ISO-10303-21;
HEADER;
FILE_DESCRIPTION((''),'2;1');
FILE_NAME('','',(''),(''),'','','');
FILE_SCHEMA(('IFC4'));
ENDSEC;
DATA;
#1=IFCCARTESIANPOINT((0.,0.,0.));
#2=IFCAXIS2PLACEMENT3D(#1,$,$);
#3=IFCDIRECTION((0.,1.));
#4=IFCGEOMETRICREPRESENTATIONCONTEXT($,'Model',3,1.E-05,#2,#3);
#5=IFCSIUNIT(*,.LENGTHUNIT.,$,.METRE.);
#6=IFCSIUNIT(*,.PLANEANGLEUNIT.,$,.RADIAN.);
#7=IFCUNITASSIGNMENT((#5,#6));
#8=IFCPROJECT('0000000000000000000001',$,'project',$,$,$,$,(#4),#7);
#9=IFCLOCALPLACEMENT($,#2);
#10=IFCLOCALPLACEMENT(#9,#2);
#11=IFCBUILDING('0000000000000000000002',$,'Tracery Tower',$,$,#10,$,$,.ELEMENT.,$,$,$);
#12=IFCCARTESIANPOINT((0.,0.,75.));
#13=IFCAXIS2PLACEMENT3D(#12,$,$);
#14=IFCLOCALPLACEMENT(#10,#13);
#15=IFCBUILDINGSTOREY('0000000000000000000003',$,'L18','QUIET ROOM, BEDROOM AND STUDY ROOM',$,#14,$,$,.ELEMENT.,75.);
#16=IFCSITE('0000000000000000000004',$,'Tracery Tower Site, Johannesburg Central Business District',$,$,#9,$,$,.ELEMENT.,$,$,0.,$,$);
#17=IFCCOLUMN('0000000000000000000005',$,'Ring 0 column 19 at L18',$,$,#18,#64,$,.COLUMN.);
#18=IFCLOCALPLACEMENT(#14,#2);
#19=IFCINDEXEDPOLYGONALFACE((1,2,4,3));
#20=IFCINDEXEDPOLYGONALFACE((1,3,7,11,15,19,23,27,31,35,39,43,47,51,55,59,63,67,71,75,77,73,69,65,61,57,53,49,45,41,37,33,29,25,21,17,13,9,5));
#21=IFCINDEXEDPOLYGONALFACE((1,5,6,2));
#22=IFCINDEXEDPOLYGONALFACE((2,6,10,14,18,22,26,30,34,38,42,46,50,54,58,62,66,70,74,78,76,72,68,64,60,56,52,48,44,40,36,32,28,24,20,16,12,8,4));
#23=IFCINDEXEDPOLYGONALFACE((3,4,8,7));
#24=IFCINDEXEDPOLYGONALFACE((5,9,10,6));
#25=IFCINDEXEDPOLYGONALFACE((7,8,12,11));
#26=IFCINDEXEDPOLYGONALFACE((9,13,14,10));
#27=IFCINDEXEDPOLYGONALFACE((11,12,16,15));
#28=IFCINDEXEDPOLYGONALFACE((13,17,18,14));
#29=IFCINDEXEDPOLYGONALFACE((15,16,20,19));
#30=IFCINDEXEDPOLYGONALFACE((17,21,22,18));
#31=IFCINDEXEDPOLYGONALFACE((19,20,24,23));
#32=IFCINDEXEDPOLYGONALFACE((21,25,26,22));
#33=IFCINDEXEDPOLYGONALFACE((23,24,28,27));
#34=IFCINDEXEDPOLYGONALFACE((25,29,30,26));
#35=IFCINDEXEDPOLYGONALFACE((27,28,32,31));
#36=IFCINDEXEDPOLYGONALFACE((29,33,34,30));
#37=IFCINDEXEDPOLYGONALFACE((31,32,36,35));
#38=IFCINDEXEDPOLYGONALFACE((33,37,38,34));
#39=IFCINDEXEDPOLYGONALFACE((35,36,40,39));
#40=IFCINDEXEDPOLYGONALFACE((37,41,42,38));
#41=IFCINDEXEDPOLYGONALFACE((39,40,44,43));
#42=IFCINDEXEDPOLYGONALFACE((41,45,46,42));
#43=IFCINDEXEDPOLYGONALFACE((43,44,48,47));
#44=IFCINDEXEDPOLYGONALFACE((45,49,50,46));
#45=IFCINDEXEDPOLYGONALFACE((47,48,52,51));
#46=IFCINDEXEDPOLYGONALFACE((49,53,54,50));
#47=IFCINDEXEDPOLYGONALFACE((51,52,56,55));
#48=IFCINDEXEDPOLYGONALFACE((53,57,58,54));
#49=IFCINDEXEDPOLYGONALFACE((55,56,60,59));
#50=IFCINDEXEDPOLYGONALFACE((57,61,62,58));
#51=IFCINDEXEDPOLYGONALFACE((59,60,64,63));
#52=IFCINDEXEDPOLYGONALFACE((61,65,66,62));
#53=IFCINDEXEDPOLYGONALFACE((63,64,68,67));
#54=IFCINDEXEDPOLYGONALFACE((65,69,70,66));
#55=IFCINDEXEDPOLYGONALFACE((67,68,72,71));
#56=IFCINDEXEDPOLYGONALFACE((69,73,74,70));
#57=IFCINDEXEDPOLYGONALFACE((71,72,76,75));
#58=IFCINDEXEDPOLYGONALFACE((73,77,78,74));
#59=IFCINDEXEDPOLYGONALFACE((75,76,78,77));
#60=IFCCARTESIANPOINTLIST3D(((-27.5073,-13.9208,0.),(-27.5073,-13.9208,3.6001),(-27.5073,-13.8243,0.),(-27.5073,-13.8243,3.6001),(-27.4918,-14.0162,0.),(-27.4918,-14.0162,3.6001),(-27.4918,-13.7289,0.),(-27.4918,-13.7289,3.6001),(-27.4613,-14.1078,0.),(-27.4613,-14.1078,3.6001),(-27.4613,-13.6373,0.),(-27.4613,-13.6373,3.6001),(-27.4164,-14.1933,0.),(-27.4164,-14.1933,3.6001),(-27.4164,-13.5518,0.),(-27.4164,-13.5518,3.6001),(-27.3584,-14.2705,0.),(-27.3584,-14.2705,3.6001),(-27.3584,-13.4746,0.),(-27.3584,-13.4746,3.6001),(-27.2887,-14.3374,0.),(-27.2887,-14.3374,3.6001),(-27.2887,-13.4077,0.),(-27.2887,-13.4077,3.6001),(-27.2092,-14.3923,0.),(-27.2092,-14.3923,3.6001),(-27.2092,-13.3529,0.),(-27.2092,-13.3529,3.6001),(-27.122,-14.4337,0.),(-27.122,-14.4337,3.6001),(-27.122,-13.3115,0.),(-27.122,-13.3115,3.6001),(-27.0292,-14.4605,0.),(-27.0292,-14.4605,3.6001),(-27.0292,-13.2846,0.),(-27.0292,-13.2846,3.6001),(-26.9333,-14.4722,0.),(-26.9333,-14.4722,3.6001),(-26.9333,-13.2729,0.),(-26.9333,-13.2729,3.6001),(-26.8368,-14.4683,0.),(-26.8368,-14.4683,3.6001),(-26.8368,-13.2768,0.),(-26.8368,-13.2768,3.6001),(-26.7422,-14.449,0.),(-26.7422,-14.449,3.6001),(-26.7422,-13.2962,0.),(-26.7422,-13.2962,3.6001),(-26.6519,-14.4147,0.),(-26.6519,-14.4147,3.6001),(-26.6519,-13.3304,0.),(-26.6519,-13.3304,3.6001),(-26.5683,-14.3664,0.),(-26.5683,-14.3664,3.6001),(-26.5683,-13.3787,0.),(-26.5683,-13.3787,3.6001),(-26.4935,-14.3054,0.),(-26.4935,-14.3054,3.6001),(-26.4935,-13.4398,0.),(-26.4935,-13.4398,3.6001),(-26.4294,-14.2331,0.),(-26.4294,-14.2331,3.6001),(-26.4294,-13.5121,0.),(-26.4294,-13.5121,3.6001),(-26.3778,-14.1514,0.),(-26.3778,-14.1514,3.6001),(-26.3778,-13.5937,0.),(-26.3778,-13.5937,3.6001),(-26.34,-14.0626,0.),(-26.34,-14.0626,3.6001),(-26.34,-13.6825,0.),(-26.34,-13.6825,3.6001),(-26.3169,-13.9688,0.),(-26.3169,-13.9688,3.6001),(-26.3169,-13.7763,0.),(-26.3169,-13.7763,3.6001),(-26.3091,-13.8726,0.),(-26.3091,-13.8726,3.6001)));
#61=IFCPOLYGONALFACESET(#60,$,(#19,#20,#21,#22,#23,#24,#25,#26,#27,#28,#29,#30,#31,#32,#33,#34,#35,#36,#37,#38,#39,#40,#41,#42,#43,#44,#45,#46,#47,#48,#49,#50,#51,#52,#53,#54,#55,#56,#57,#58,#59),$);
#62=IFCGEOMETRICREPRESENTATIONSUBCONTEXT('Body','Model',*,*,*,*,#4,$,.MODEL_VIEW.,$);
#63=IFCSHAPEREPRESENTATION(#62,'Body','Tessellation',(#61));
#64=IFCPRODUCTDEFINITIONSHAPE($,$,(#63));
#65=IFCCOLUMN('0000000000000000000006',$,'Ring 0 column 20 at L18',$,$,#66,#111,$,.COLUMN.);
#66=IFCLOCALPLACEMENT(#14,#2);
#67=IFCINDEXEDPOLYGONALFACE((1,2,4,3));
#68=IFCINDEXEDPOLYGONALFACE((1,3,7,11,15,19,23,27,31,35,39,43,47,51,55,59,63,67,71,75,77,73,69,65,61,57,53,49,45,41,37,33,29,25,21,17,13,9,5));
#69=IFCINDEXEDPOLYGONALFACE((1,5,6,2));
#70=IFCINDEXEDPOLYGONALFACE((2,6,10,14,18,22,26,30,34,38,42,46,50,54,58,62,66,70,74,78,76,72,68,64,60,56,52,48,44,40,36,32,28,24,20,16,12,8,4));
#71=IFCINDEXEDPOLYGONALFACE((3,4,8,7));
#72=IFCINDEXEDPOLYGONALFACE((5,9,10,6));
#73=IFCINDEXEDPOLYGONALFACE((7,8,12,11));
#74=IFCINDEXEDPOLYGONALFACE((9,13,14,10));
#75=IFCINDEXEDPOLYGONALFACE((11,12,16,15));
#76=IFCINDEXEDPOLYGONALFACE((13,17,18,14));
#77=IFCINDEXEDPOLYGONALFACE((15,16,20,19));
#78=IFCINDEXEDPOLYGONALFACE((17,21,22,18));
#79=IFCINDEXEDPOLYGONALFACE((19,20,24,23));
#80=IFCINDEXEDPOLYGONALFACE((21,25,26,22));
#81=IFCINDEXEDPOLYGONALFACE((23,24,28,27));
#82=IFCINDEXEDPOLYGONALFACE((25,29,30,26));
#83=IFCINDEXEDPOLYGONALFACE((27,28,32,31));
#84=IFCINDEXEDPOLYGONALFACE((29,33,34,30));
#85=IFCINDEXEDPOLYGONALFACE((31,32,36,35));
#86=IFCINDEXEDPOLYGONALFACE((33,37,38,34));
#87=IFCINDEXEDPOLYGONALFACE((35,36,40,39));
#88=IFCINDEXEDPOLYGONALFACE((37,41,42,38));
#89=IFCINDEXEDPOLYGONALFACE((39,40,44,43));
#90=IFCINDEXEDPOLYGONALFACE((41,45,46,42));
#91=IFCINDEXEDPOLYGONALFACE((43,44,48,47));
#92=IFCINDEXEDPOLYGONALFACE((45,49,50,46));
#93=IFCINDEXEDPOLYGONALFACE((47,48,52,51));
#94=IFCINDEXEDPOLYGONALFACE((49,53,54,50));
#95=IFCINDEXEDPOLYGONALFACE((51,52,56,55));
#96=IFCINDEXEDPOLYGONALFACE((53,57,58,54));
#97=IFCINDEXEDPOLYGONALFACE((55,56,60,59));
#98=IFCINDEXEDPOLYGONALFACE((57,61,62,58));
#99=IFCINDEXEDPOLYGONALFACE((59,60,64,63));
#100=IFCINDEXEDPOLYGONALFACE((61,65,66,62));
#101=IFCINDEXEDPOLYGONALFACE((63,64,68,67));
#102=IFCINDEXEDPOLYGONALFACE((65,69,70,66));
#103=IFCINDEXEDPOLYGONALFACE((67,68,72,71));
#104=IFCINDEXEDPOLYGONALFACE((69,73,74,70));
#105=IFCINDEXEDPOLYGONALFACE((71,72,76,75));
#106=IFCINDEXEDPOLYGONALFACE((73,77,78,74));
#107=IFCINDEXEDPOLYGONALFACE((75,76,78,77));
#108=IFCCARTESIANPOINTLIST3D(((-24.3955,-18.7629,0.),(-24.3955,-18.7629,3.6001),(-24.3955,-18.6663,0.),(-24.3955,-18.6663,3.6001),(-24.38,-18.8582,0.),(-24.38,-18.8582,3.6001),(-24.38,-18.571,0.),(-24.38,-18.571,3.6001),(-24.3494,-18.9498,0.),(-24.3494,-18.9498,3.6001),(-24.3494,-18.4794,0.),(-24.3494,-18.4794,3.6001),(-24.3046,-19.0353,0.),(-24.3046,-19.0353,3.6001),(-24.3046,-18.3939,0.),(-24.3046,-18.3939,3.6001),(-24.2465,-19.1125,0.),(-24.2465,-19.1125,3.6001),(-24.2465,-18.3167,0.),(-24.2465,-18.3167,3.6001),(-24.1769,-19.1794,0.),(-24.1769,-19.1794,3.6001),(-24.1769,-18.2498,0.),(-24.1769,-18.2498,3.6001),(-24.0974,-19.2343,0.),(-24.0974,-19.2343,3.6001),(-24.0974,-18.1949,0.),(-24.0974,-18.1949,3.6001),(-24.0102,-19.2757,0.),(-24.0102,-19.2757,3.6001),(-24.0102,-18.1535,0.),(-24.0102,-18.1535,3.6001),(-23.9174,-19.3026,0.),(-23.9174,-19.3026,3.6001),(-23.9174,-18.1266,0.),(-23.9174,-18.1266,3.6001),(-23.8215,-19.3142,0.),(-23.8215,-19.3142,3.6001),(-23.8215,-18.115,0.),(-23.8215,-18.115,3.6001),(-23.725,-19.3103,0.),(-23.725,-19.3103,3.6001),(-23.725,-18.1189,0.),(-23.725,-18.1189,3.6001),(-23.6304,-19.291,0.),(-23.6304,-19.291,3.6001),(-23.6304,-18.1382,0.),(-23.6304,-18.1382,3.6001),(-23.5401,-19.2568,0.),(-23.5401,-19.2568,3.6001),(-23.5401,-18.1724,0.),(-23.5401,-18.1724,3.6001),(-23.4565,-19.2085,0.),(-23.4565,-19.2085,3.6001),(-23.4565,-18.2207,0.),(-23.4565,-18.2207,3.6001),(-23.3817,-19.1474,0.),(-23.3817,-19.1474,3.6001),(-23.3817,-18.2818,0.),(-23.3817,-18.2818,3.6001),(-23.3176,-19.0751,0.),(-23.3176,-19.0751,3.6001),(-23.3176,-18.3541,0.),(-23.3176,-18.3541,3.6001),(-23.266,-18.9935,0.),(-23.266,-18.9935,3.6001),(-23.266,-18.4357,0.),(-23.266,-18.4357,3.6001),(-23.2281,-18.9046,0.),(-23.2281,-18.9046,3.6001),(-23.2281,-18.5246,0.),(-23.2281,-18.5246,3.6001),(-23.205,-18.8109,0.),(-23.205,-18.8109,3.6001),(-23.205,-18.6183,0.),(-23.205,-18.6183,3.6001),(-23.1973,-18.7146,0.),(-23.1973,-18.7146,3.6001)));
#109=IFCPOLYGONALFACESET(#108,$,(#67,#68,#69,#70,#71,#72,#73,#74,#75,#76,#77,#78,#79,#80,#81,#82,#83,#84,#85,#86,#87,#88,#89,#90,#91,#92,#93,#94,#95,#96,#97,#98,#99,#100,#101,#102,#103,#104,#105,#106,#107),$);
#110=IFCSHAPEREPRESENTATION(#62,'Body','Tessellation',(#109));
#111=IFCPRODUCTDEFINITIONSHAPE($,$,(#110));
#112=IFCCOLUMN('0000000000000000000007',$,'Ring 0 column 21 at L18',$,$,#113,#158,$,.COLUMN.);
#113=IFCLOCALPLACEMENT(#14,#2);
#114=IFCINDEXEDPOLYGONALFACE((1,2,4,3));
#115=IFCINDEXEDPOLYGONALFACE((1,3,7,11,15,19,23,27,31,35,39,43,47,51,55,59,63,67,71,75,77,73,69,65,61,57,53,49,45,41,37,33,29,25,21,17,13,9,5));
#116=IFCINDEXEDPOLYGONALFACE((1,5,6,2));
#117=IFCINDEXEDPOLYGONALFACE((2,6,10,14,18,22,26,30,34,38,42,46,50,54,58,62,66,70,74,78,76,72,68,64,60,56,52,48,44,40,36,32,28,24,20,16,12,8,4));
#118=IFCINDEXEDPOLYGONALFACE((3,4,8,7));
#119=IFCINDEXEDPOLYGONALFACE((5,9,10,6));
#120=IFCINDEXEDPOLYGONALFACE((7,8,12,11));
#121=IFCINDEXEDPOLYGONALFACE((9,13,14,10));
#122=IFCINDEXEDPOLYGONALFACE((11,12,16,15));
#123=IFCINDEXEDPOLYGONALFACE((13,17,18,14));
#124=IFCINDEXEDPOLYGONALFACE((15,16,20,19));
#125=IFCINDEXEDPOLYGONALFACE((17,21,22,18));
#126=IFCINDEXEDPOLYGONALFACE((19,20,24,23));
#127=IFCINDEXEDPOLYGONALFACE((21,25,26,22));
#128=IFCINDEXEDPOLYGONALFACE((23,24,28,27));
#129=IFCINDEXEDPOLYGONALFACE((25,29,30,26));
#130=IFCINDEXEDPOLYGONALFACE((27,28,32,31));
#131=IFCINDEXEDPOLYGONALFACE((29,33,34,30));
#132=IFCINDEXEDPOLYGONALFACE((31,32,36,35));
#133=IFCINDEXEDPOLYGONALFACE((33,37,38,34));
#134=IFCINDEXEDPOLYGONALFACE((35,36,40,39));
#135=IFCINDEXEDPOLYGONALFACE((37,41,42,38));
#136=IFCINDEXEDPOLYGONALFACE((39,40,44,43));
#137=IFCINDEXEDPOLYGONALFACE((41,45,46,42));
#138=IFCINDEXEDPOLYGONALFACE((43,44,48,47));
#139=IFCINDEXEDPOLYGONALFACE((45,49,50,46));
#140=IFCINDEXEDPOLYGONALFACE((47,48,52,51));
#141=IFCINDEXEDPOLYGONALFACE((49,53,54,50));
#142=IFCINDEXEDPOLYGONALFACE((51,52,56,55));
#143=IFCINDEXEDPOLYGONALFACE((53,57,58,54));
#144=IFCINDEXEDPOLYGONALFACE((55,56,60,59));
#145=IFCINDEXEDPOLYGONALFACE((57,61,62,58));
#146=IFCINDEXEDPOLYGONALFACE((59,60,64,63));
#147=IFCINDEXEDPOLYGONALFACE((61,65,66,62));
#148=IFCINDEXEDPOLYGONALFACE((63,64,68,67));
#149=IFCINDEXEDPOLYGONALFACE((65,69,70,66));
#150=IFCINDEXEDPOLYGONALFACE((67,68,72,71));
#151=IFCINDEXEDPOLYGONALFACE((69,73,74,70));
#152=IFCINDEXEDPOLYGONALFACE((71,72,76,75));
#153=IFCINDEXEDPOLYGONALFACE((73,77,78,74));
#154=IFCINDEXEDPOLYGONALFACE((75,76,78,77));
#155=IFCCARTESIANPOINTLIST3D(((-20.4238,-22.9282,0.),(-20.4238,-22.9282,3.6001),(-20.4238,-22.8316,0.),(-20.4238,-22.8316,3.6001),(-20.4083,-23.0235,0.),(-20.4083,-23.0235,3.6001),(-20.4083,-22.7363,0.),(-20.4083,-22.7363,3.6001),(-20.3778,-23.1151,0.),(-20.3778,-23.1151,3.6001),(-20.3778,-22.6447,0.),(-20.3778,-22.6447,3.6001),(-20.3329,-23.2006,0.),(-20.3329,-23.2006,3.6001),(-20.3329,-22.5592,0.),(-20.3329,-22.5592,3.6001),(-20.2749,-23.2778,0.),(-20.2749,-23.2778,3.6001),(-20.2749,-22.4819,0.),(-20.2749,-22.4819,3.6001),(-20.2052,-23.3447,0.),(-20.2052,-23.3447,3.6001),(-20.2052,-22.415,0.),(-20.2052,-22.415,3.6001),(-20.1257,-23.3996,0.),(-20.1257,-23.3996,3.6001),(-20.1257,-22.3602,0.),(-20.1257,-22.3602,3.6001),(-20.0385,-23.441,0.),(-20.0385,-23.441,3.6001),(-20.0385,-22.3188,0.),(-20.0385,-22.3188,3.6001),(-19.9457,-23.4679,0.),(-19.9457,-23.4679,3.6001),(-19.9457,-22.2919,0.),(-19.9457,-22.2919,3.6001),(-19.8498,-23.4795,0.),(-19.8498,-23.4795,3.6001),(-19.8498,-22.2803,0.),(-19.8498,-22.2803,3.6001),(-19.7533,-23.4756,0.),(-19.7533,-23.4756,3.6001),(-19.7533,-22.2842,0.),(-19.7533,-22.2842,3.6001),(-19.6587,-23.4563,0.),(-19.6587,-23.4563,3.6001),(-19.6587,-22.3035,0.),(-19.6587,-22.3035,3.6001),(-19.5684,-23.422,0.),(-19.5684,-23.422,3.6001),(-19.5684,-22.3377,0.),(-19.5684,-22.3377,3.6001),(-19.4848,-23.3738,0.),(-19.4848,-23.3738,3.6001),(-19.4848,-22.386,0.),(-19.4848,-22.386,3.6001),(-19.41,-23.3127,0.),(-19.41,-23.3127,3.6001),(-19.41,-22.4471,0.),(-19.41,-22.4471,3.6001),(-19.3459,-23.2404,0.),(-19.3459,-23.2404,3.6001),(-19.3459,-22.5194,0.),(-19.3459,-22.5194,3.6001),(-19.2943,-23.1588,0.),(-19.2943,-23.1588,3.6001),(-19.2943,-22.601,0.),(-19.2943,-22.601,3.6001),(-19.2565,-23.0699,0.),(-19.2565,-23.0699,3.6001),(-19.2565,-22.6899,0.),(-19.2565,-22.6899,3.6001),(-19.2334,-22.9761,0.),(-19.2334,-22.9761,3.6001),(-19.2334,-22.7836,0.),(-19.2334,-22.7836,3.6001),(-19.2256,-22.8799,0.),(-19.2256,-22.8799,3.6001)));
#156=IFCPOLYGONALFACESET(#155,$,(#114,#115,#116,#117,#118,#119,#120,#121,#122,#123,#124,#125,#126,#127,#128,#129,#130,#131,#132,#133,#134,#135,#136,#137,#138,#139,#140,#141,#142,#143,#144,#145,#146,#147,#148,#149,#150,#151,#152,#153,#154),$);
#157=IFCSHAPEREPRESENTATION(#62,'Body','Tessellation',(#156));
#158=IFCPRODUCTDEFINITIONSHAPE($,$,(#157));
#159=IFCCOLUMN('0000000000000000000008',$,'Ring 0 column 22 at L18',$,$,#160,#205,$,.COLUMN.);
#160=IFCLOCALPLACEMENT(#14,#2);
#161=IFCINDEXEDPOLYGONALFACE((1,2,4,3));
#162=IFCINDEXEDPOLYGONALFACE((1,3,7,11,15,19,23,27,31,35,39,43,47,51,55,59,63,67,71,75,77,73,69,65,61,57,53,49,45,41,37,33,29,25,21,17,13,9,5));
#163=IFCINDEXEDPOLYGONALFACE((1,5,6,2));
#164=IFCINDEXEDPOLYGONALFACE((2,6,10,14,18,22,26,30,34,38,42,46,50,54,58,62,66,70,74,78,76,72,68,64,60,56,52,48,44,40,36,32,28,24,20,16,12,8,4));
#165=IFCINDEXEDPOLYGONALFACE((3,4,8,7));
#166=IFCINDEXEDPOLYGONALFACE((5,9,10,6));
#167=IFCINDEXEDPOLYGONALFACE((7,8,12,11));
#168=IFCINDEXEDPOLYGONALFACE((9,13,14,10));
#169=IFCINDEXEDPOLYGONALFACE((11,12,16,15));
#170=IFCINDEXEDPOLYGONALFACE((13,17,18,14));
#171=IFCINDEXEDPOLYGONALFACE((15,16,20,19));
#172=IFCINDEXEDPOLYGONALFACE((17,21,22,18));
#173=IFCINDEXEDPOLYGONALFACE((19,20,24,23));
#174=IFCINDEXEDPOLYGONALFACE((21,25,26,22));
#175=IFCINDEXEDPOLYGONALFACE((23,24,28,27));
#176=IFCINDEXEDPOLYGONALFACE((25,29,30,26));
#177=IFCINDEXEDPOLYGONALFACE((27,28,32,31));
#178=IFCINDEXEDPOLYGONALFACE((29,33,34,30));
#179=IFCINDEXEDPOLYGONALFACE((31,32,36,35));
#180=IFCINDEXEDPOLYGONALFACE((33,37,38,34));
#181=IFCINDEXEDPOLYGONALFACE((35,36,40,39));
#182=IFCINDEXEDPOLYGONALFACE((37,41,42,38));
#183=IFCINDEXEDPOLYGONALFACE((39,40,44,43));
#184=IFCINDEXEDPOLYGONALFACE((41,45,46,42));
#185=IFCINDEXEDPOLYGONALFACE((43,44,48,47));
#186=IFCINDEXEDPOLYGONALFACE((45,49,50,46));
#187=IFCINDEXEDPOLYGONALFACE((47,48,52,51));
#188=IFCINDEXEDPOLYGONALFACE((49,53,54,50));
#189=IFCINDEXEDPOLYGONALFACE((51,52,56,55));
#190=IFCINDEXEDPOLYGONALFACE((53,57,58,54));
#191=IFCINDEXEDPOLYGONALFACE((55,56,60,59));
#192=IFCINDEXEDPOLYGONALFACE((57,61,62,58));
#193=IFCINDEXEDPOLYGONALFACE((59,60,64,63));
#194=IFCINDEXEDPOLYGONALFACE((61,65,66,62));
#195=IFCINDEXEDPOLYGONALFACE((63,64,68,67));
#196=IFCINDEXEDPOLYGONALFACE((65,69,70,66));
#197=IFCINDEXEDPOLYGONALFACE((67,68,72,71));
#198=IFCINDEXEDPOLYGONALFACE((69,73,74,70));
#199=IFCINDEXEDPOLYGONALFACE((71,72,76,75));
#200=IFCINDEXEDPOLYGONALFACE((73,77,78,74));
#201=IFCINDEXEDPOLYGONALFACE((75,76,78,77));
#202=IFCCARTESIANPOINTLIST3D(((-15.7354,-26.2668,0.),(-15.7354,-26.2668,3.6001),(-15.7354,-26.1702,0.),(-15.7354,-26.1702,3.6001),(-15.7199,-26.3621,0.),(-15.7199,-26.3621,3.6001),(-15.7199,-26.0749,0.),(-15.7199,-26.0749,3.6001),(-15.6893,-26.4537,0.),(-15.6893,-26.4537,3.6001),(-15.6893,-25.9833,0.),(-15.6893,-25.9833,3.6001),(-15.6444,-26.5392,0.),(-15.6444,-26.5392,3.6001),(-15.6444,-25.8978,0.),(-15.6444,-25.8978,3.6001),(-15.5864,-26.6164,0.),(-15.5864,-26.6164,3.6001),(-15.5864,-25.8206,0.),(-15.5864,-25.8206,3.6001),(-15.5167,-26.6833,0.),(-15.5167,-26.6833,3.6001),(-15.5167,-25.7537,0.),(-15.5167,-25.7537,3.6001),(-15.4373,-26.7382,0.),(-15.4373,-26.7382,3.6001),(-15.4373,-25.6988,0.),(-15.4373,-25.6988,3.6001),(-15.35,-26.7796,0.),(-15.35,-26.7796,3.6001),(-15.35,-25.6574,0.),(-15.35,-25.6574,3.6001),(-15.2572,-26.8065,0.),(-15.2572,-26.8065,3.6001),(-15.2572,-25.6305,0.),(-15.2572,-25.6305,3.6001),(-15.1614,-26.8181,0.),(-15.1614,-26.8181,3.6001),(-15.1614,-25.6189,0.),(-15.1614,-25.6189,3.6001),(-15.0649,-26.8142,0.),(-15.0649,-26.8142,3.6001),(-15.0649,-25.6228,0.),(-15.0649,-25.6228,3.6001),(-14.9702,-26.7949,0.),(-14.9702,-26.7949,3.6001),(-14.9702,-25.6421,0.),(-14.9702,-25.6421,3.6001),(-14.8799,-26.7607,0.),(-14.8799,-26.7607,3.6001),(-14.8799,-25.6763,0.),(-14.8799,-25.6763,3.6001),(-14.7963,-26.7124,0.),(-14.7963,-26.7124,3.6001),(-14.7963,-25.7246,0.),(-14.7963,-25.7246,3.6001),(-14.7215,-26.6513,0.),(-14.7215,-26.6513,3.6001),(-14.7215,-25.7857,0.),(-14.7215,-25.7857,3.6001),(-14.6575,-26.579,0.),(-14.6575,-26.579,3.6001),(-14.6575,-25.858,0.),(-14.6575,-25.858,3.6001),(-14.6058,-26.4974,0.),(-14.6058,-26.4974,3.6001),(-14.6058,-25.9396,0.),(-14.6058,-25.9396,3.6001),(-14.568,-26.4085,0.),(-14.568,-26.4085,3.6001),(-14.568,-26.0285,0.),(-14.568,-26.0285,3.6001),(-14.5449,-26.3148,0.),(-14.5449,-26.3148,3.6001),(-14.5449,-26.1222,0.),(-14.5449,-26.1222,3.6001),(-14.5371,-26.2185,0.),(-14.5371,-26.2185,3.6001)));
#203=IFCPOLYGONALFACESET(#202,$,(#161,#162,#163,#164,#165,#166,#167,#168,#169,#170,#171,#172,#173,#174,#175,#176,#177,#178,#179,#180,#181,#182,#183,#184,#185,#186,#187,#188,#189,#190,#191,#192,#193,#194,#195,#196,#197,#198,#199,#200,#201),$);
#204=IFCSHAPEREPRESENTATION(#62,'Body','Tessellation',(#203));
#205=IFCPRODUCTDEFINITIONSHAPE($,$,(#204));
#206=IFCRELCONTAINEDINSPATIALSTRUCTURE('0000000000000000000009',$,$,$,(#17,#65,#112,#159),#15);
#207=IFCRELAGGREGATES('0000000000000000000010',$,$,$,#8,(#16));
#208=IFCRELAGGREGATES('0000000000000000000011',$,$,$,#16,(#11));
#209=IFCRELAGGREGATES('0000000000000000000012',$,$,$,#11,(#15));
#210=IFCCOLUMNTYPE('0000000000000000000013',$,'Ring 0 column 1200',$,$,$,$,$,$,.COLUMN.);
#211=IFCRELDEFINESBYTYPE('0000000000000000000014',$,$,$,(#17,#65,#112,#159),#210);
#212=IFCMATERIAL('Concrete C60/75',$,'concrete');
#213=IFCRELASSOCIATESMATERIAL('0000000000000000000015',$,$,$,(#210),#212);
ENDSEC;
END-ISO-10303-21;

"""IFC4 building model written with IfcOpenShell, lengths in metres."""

from ifc_helpers import new_model, si_unit, direction, frame, origin, origin_2d, place, context, subcontext, project, spatial, circle, extrude, material, material_profile, profile_set, type_object, element, save


model = new_model("IFC4")

# Units and contexts
model_context = context("Model", 3, precision=1e-05, world=origin(), true_north=direction((0.0, 1.0)))
body_context = subcontext(model_context, "Body", "Model", "MODEL_VIEW")
ifc_project = project(units=[si_unit("LENGTHUNIT", "METRE"), si_unit("PLANEANGLEUNIT", "RADIAN")], contexts=[model_context])

# Site, building, storey
site_placement = place(None, origin())
site = spatial("IfcSite", under=ifc_project, at=site_placement, Name="Tracery Tower Site, Johannesburg Central Business District", CompositionType="ELEMENT", RefElevation=0.0)
building_placement = place(site_placement, origin())
building = spatial("IfcBuilding", under=site, at=building_placement, Name="Tracery Tower", CompositionType="ELEMENT")
storey_placement = place(building_placement, frame((0.0, 0.0, 75.0)))
storey = spatial("IfcBuildingStorey", under=building, at=storey_placement, Name="L18", Description="QUIET ROOM, BEDROOM AND STUDY ROOM", CompositionType="ELEMENT", Elevation=75.0)

# Columns
ifc_material_1 = material(Name="Concrete C60/75", Category="concrete")
ifc_material_profile_1 = material_profile(ifc_material_1, circle(Radius=0.6001, at=origin_2d()), Name="RC D1200")
ifc_profile_set_1 = profile_set([ifc_material_profile_1], Name="Concrete C60/75")
column_type_1 = type_object("IfcColumnType", Name="Ring 0 column 1200", PredefinedType="COLUMN", material=ifc_profile_set_1)
for number, where, z_axis, x_axis, name in (
    (1, (-26.9092, -13.8726, 0.0), (0.0, 0.0, 1.0), (1.0, 0.0, 0.0), "Ring 0 column 19 at L18"),
    (2, (-23.7974, -18.7146, 0.0), (0.0, 0.0, 1.0), (1.0, 0.0, 0.0), "Ring 0 column 20 at L18"),
    (3, (-19.8257, -22.8799, 0.0), (0.0, 0.0, 1.0), (1.0, 0.0, 0.0), "Ring 0 column 21 at L18"),
    (4, (-15.1372, -26.2185, 0.0), (0.0, 0.0, 1.0), (1.0, 0.0, 0.0), "Ring 0 column 22 at L18"),
):
    element("IfcColumn", number, at=place(storey_placement, frame(where, z_axis=z_axis, x_axis=x_axis)), inside=storey, type_object=column_type_1, Name=name, PredefinedType="COLUMN", context=body_context, shape_type="SweptSolid", body=[
        extrude(circle(Radius=0.6001, at=origin_2d()), origin(), (0.0, 0.0, 1.0), 3.6001),
    ])

save(model, "model.ifc")
